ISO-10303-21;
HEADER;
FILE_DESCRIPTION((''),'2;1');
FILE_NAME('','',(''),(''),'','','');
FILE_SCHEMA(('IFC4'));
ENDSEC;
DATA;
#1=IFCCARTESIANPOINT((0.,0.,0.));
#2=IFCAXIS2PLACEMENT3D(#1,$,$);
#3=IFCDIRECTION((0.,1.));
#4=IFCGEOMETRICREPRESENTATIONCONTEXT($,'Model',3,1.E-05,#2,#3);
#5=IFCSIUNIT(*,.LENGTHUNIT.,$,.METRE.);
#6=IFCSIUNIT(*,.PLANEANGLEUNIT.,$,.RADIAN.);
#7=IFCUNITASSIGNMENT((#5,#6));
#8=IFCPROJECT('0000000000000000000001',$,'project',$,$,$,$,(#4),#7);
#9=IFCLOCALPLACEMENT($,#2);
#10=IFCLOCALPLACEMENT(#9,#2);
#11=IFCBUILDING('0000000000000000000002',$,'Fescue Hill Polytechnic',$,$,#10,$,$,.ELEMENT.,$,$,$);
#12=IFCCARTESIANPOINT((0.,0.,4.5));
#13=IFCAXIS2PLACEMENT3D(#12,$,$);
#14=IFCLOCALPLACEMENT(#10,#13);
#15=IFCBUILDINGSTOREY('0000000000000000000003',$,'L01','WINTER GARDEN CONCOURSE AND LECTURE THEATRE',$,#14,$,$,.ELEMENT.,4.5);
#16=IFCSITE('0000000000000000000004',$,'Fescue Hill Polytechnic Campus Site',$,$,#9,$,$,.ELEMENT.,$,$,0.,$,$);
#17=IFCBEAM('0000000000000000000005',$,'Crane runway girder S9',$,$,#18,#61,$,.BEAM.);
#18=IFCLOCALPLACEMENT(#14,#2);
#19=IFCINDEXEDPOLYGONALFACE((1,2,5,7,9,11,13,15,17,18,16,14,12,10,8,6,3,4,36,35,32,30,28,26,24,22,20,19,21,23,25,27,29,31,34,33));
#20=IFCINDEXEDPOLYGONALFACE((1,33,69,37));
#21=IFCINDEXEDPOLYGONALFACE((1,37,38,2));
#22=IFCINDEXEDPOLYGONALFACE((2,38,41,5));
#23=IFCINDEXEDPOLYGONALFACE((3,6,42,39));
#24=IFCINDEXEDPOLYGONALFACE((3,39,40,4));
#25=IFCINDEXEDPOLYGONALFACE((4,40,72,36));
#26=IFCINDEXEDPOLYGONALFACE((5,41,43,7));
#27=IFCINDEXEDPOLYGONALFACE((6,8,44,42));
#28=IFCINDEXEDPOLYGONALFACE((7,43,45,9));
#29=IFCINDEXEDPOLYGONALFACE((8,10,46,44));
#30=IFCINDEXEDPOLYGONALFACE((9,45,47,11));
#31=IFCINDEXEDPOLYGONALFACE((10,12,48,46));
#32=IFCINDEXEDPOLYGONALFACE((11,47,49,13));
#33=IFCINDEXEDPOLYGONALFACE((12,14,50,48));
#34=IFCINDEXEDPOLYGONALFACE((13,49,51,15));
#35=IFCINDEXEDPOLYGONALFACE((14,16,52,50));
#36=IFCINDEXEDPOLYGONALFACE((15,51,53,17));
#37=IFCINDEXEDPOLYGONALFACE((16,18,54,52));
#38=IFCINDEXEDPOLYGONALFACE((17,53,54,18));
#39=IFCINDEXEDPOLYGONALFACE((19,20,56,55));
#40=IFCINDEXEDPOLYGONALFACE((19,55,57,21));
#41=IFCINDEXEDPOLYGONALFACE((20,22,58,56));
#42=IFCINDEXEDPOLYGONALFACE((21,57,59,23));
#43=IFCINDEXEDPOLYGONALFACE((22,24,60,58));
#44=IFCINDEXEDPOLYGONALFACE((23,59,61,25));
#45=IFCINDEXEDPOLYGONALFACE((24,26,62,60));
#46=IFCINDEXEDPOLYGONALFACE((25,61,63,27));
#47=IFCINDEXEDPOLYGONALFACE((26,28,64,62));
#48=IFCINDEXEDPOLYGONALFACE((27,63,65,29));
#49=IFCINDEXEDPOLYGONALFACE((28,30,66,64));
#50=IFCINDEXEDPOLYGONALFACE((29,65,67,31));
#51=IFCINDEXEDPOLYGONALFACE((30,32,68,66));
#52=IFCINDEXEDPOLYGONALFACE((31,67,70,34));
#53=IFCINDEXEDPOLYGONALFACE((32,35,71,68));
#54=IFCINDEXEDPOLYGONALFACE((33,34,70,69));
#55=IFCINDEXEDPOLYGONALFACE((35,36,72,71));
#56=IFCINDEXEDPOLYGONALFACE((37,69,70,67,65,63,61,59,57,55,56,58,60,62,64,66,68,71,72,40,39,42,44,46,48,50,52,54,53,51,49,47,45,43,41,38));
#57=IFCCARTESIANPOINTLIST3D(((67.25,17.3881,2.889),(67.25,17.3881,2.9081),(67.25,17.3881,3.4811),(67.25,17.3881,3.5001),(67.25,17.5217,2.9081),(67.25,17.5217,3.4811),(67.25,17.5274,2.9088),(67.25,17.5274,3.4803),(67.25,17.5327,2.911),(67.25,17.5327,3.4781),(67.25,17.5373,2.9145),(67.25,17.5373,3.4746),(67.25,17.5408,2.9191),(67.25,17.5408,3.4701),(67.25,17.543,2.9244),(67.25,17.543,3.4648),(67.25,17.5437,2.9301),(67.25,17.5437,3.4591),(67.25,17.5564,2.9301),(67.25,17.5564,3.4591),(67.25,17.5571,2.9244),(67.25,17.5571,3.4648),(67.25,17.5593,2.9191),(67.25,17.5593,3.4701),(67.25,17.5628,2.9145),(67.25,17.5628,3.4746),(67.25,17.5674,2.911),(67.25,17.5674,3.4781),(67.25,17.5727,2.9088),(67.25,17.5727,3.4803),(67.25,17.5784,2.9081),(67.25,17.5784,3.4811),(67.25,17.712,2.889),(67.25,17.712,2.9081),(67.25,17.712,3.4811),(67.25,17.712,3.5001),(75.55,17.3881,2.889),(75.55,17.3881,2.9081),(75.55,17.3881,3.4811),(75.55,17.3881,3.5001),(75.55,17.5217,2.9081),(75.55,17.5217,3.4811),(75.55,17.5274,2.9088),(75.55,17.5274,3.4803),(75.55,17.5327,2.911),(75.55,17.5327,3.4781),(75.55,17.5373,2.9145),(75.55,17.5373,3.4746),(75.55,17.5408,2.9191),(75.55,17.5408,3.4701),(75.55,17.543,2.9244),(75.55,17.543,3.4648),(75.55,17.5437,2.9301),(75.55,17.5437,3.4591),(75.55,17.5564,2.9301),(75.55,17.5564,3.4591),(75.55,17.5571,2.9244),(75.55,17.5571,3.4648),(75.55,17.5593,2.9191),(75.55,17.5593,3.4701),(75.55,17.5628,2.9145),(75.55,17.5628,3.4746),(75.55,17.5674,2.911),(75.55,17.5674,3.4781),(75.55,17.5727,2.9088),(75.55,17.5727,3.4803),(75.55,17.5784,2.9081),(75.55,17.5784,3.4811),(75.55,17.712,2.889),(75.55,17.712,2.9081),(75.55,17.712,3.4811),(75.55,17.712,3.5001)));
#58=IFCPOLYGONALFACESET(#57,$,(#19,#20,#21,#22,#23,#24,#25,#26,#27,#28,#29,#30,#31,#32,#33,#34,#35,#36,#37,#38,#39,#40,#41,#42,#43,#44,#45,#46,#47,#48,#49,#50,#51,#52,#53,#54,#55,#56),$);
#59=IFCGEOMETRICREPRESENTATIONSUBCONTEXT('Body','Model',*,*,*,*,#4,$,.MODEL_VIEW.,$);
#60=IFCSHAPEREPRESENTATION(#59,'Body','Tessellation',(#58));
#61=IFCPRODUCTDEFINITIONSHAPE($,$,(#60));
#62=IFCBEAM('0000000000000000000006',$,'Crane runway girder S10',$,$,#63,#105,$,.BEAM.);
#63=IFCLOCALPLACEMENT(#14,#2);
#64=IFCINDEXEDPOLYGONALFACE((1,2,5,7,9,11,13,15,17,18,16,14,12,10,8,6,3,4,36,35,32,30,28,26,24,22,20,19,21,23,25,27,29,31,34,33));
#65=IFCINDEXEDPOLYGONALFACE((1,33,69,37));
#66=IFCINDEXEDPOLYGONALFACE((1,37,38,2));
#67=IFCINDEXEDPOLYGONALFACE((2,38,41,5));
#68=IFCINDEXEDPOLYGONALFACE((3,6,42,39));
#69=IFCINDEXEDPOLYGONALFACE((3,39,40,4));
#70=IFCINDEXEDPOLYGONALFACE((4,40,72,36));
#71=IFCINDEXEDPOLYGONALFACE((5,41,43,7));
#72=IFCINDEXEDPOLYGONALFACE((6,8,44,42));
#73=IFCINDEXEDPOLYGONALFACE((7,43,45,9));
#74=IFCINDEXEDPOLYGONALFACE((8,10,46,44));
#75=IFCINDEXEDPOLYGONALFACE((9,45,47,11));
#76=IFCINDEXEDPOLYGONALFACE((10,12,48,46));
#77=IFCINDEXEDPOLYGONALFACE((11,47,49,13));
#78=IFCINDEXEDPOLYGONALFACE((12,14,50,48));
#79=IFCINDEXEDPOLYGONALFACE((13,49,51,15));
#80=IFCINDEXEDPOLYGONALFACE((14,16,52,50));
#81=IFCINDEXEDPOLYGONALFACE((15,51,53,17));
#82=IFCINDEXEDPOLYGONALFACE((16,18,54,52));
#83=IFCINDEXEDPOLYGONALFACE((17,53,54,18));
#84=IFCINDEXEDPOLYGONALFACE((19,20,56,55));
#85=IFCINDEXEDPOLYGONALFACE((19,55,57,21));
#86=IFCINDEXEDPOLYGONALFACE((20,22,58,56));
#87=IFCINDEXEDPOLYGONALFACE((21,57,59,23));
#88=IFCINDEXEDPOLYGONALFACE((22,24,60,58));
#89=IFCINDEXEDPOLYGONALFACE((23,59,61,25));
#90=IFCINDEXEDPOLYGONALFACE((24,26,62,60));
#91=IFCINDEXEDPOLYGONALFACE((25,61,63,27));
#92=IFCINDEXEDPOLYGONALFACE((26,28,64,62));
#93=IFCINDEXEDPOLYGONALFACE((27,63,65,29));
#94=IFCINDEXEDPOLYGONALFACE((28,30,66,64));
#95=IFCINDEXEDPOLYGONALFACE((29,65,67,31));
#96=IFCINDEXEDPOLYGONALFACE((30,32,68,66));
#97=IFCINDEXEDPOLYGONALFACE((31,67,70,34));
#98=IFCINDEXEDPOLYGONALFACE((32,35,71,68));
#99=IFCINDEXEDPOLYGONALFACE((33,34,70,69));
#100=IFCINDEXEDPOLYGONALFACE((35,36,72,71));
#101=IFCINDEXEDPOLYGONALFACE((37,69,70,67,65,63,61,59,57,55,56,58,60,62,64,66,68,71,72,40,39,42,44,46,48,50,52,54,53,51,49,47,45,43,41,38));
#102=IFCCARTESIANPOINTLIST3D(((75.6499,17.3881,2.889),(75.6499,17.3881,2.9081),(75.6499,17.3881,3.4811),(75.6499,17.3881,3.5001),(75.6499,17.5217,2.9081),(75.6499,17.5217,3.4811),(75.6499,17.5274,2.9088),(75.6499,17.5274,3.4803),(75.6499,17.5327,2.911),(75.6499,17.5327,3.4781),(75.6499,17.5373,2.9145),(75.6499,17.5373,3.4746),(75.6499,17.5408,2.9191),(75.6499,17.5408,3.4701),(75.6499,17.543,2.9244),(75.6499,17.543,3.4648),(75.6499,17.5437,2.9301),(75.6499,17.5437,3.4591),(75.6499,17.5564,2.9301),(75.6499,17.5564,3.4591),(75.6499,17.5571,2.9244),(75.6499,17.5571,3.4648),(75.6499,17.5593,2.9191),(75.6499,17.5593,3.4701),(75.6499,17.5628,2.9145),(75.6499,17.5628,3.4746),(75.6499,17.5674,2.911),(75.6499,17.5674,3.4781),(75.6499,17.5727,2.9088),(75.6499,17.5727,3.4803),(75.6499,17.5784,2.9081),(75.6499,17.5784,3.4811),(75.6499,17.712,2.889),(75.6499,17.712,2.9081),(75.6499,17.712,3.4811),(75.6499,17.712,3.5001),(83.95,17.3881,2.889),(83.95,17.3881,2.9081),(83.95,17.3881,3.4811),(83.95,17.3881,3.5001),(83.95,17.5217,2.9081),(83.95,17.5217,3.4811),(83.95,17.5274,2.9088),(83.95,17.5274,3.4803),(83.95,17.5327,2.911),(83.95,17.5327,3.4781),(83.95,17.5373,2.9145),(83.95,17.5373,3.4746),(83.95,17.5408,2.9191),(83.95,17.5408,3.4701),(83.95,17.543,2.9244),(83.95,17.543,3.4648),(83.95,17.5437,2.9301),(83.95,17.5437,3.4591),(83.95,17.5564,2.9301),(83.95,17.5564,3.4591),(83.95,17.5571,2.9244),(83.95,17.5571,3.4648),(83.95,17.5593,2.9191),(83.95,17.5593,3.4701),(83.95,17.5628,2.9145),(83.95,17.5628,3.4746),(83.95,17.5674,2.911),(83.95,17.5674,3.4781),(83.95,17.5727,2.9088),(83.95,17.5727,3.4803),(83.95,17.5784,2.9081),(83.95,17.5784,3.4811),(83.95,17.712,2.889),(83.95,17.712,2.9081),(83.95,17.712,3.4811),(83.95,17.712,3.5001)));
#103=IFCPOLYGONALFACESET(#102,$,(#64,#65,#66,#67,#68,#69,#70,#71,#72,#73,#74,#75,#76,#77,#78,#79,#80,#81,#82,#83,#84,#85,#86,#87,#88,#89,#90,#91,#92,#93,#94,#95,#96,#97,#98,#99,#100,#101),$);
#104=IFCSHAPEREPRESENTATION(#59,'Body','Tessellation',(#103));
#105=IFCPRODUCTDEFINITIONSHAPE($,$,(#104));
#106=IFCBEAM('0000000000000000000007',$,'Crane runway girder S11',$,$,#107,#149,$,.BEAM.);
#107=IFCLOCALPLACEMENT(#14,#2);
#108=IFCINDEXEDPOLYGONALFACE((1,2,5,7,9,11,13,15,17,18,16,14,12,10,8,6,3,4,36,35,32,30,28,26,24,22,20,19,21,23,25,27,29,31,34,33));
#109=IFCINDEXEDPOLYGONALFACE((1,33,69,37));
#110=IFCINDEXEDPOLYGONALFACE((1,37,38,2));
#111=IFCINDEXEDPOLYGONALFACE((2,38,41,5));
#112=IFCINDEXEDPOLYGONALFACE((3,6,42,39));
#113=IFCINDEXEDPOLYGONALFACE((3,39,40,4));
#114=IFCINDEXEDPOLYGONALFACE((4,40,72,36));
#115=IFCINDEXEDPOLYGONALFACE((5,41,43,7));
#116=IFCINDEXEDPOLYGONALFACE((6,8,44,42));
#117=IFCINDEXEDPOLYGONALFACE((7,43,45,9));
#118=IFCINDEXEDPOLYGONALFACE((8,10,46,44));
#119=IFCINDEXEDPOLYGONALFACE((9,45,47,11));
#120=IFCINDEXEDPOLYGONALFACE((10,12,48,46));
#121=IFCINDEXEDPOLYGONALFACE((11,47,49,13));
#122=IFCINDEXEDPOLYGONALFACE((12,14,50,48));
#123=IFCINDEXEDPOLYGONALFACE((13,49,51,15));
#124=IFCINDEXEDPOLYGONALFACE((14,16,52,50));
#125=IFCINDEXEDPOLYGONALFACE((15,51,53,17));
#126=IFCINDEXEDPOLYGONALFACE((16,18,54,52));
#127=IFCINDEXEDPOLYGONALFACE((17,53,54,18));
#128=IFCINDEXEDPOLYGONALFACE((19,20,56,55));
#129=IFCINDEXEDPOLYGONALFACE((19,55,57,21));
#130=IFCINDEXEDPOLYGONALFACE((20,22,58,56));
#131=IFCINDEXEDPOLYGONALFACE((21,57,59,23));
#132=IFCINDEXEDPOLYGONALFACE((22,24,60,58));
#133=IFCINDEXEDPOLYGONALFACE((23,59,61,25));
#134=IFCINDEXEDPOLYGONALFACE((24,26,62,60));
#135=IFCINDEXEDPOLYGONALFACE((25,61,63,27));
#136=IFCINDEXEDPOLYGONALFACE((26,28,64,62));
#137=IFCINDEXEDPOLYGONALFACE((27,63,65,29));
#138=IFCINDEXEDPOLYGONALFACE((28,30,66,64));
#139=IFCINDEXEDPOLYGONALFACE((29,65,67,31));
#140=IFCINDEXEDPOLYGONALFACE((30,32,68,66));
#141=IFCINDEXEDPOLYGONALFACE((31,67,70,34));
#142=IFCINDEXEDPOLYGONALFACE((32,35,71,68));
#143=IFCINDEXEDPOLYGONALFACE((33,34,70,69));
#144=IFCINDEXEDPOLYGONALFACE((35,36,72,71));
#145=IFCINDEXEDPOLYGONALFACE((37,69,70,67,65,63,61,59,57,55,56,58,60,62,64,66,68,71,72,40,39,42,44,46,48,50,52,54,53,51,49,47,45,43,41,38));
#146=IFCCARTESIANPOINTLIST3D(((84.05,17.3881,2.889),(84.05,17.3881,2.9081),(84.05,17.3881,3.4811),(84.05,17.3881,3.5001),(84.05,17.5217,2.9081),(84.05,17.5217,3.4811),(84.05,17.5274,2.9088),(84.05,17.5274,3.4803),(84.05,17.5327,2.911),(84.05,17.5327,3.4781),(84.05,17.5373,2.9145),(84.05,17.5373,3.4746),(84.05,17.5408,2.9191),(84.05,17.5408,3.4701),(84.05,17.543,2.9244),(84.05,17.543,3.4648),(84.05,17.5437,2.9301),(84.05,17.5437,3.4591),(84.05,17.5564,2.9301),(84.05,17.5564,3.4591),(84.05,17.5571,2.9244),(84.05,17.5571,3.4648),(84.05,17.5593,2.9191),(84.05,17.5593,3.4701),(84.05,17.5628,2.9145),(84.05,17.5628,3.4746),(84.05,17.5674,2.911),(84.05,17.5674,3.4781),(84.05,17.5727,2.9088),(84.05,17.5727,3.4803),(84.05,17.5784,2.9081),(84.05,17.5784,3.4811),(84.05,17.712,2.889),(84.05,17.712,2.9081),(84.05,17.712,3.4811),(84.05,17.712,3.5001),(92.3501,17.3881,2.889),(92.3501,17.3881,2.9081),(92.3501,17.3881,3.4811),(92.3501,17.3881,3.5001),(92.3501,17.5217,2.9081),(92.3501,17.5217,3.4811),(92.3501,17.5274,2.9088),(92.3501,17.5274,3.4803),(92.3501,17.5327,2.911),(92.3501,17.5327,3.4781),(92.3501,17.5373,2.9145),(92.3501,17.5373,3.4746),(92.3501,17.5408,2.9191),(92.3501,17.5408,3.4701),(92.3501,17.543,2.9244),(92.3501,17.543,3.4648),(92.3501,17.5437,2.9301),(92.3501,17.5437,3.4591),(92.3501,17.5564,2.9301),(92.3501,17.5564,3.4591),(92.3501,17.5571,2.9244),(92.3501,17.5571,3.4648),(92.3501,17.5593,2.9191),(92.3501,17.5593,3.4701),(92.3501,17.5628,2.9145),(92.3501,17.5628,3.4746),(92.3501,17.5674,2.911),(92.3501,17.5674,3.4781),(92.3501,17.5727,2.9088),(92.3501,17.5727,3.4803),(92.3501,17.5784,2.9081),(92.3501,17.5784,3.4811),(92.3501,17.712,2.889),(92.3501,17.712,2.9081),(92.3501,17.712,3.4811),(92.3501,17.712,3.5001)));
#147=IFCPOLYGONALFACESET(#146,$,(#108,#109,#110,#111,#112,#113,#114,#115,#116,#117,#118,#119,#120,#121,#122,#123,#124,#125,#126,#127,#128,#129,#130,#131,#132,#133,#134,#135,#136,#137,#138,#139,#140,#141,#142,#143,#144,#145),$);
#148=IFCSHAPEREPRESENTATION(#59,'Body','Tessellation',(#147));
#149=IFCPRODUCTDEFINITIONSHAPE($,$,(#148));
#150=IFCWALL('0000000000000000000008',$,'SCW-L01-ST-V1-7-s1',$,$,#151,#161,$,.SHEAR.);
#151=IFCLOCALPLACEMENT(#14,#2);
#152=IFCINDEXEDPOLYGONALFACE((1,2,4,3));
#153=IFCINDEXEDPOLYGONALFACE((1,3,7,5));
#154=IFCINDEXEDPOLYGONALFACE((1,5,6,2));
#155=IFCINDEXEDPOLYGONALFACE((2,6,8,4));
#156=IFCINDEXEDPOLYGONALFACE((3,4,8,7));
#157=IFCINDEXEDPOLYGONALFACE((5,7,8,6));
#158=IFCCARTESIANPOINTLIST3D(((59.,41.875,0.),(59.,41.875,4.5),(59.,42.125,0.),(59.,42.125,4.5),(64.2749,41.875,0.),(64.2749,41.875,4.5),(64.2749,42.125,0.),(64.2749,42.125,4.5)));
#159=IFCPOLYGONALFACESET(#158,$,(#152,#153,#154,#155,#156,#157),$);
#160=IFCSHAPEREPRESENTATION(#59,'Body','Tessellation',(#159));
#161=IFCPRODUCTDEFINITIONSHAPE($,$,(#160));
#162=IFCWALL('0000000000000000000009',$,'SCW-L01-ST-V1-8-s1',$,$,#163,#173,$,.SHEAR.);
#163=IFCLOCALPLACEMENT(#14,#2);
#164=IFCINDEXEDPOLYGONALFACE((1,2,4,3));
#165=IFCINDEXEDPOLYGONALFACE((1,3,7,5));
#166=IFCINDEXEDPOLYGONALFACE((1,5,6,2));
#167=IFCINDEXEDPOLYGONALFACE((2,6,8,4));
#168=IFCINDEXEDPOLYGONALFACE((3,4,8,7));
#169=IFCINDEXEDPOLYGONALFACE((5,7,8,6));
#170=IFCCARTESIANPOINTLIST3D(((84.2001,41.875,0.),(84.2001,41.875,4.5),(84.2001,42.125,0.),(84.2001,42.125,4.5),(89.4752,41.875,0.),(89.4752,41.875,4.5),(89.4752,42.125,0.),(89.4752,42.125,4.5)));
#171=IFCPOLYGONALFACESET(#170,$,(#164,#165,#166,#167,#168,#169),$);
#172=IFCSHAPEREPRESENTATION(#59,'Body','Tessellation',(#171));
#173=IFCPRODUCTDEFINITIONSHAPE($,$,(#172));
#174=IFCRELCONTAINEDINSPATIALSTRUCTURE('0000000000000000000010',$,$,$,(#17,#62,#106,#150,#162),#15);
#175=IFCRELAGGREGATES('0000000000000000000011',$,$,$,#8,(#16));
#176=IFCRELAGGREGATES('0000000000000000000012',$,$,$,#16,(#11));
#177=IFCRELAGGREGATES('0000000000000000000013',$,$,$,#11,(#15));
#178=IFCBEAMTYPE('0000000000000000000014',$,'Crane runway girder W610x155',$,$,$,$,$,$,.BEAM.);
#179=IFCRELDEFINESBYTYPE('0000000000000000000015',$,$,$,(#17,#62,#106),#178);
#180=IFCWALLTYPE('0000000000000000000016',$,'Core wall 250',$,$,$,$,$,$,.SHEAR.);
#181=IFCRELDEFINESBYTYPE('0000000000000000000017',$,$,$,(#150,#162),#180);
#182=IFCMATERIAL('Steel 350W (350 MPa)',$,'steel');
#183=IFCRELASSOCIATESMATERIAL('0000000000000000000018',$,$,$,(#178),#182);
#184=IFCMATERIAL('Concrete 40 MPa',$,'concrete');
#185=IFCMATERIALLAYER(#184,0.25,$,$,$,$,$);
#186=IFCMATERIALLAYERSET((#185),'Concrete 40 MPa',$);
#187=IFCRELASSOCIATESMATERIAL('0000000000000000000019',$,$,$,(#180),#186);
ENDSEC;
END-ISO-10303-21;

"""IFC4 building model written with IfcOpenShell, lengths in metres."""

from ifc_helpers import new_model, si_unit, direction, frame, frame_2d, origin, origin_2d, place, context, subcontext, project, spatial, rectangle, i_section, extrude, material, layer, layer_set, material_profile, profile_set, type_object, element, save


model = new_model("IFC4")

# Units and contexts
model_context = context("Model", 3, precision=1e-05, world=origin(), true_north=direction((0.0, 1.0)))
body_context = subcontext(model_context, "Body", "Model", "MODEL_VIEW")
ifc_project = project(units=[si_unit("LENGTHUNIT", "METRE"), si_unit("PLANEANGLEUNIT", "RADIAN")], contexts=[model_context])

# Site, building, storey
site_placement = place(None, origin())
site = spatial("IfcSite", under=ifc_project, at=site_placement, Name="Fescue Hill Polytechnic Campus Site", CompositionType="ELEMENT", RefElevation=0.0)
building_placement = place(site_placement, origin())
building = spatial("IfcBuilding", under=site, at=building_placement, Name="Fescue Hill Polytechnic", CompositionType="ELEMENT")
storey_placement = place(building_placement, frame((0.0, 0.0, 4.5)))
storey = spatial("IfcBuildingStorey", under=building, at=storey_placement, Name="L01", Description="WINTER GARDEN CONCOURSE AND LECTURE THEATRE", CompositionType="ELEMENT", Elevation=4.5)

# Shared definitions
ifc_material_1 = material(Name="Concrete 40 MPa", Category="concrete")

# Beams
ifc_material_2 = material(Name="Steel 350W (350 MPa)", Category="steel")
ifc_material_profile_1 = material_profile(ifc_material_2, i_section(OverallWidth=0.324, OverallDepth=0.6111, WebThickness=0.0127, FlangeThickness=0.019, FilletRadius=0.022, at=origin_2d()), Name="W610x155")
ifc_profile_set_1 = profile_set([ifc_material_profile_1], Name="Steel 350W (350 MPa)")
beam_type_1 = type_object("IfcBeamType", Name="Crane runway girder W610x155", PredefinedType="BEAM", material=ifc_profile_set_1)
for number, where, z_axis, x_axis, name in (
    (1, (67.25, 17.55, 3.1946), (1.0, 0.0, 0.0), (0.0, 1.0, 0.0), "Crane runway girder S9"),
    (2, (75.6499, 17.55, 3.1946), (1.0, 0.0, 0.0), (0.0, 1.0, 0.0), "Crane runway girder S10"),
    (3, (84.05, 17.55, 3.1946), (1.0, 0.0, 0.0), (0.0, 1.0, 0.0), "Crane runway girder S11"),
):
    element("IfcBeam", number, at=place(storey_placement, frame(where, z_axis=z_axis, x_axis=x_axis)), inside=storey, type_object=beam_type_1, Name=name, PredefinedType="BEAM", context=body_context, shape_type="SweptSolid", body=[
        extrude(i_section(OverallWidth=0.324, OverallDepth=0.6111, WebThickness=0.0127, FlangeThickness=0.019, FilletRadius=0.022, at=origin_2d()), origin(), (0.0, 0.0, 1.0), 8.3),
    ])

# Walls
ifc_layer = layer(ifc_material_1, 0.25)
ifc_layer_set = layer_set([ifc_layer], Name="Concrete 40 MPa")
wall_type = type_object("IfcWallType", Name="Core wall 250", PredefinedType="SHEAR", material=ifc_layer_set)
wall_1_placement = place(storey_placement, frame((59.0, 42.0, 0.0), z_axis=(0.0, 0.0, 1.0), x_axis=(1.0, 0.0, 0.0)))
element("IfcWall", 4, at=wall_1_placement, inside=storey, type_object=wall_type, Name="SCW-L01-ST-V1-7-s1", PredefinedType="SHEAR", context=body_context, shape_type="SweptSolid", body=[
    extrude(rectangle(XDim=5.2749, YDim=0.25, at=frame_2d((2.6375, 0.0))), origin(), (0.0, 0.0, 1.0), 4.5),
])
wall_2_placement = place(storey_placement, frame((84.2, 42.0, 0.0), z_axis=(0.0, 0.0, 1.0), x_axis=(1.0, 0.0, 0.0)))
element("IfcWall", 5, at=wall_2_placement, inside=storey, type_object=wall_type, Name="SCW-L01-ST-V1-8-s1", PredefinedType="SHEAR", context=body_context, shape_type="SweptSolid", body=[
    extrude(rectangle(XDim=5.2751, YDim=0.25, at=frame_2d((2.6377, 0.0))), origin(), (0.0, 0.0, 1.0), 4.5),
])

save(model, "model.ifc")
